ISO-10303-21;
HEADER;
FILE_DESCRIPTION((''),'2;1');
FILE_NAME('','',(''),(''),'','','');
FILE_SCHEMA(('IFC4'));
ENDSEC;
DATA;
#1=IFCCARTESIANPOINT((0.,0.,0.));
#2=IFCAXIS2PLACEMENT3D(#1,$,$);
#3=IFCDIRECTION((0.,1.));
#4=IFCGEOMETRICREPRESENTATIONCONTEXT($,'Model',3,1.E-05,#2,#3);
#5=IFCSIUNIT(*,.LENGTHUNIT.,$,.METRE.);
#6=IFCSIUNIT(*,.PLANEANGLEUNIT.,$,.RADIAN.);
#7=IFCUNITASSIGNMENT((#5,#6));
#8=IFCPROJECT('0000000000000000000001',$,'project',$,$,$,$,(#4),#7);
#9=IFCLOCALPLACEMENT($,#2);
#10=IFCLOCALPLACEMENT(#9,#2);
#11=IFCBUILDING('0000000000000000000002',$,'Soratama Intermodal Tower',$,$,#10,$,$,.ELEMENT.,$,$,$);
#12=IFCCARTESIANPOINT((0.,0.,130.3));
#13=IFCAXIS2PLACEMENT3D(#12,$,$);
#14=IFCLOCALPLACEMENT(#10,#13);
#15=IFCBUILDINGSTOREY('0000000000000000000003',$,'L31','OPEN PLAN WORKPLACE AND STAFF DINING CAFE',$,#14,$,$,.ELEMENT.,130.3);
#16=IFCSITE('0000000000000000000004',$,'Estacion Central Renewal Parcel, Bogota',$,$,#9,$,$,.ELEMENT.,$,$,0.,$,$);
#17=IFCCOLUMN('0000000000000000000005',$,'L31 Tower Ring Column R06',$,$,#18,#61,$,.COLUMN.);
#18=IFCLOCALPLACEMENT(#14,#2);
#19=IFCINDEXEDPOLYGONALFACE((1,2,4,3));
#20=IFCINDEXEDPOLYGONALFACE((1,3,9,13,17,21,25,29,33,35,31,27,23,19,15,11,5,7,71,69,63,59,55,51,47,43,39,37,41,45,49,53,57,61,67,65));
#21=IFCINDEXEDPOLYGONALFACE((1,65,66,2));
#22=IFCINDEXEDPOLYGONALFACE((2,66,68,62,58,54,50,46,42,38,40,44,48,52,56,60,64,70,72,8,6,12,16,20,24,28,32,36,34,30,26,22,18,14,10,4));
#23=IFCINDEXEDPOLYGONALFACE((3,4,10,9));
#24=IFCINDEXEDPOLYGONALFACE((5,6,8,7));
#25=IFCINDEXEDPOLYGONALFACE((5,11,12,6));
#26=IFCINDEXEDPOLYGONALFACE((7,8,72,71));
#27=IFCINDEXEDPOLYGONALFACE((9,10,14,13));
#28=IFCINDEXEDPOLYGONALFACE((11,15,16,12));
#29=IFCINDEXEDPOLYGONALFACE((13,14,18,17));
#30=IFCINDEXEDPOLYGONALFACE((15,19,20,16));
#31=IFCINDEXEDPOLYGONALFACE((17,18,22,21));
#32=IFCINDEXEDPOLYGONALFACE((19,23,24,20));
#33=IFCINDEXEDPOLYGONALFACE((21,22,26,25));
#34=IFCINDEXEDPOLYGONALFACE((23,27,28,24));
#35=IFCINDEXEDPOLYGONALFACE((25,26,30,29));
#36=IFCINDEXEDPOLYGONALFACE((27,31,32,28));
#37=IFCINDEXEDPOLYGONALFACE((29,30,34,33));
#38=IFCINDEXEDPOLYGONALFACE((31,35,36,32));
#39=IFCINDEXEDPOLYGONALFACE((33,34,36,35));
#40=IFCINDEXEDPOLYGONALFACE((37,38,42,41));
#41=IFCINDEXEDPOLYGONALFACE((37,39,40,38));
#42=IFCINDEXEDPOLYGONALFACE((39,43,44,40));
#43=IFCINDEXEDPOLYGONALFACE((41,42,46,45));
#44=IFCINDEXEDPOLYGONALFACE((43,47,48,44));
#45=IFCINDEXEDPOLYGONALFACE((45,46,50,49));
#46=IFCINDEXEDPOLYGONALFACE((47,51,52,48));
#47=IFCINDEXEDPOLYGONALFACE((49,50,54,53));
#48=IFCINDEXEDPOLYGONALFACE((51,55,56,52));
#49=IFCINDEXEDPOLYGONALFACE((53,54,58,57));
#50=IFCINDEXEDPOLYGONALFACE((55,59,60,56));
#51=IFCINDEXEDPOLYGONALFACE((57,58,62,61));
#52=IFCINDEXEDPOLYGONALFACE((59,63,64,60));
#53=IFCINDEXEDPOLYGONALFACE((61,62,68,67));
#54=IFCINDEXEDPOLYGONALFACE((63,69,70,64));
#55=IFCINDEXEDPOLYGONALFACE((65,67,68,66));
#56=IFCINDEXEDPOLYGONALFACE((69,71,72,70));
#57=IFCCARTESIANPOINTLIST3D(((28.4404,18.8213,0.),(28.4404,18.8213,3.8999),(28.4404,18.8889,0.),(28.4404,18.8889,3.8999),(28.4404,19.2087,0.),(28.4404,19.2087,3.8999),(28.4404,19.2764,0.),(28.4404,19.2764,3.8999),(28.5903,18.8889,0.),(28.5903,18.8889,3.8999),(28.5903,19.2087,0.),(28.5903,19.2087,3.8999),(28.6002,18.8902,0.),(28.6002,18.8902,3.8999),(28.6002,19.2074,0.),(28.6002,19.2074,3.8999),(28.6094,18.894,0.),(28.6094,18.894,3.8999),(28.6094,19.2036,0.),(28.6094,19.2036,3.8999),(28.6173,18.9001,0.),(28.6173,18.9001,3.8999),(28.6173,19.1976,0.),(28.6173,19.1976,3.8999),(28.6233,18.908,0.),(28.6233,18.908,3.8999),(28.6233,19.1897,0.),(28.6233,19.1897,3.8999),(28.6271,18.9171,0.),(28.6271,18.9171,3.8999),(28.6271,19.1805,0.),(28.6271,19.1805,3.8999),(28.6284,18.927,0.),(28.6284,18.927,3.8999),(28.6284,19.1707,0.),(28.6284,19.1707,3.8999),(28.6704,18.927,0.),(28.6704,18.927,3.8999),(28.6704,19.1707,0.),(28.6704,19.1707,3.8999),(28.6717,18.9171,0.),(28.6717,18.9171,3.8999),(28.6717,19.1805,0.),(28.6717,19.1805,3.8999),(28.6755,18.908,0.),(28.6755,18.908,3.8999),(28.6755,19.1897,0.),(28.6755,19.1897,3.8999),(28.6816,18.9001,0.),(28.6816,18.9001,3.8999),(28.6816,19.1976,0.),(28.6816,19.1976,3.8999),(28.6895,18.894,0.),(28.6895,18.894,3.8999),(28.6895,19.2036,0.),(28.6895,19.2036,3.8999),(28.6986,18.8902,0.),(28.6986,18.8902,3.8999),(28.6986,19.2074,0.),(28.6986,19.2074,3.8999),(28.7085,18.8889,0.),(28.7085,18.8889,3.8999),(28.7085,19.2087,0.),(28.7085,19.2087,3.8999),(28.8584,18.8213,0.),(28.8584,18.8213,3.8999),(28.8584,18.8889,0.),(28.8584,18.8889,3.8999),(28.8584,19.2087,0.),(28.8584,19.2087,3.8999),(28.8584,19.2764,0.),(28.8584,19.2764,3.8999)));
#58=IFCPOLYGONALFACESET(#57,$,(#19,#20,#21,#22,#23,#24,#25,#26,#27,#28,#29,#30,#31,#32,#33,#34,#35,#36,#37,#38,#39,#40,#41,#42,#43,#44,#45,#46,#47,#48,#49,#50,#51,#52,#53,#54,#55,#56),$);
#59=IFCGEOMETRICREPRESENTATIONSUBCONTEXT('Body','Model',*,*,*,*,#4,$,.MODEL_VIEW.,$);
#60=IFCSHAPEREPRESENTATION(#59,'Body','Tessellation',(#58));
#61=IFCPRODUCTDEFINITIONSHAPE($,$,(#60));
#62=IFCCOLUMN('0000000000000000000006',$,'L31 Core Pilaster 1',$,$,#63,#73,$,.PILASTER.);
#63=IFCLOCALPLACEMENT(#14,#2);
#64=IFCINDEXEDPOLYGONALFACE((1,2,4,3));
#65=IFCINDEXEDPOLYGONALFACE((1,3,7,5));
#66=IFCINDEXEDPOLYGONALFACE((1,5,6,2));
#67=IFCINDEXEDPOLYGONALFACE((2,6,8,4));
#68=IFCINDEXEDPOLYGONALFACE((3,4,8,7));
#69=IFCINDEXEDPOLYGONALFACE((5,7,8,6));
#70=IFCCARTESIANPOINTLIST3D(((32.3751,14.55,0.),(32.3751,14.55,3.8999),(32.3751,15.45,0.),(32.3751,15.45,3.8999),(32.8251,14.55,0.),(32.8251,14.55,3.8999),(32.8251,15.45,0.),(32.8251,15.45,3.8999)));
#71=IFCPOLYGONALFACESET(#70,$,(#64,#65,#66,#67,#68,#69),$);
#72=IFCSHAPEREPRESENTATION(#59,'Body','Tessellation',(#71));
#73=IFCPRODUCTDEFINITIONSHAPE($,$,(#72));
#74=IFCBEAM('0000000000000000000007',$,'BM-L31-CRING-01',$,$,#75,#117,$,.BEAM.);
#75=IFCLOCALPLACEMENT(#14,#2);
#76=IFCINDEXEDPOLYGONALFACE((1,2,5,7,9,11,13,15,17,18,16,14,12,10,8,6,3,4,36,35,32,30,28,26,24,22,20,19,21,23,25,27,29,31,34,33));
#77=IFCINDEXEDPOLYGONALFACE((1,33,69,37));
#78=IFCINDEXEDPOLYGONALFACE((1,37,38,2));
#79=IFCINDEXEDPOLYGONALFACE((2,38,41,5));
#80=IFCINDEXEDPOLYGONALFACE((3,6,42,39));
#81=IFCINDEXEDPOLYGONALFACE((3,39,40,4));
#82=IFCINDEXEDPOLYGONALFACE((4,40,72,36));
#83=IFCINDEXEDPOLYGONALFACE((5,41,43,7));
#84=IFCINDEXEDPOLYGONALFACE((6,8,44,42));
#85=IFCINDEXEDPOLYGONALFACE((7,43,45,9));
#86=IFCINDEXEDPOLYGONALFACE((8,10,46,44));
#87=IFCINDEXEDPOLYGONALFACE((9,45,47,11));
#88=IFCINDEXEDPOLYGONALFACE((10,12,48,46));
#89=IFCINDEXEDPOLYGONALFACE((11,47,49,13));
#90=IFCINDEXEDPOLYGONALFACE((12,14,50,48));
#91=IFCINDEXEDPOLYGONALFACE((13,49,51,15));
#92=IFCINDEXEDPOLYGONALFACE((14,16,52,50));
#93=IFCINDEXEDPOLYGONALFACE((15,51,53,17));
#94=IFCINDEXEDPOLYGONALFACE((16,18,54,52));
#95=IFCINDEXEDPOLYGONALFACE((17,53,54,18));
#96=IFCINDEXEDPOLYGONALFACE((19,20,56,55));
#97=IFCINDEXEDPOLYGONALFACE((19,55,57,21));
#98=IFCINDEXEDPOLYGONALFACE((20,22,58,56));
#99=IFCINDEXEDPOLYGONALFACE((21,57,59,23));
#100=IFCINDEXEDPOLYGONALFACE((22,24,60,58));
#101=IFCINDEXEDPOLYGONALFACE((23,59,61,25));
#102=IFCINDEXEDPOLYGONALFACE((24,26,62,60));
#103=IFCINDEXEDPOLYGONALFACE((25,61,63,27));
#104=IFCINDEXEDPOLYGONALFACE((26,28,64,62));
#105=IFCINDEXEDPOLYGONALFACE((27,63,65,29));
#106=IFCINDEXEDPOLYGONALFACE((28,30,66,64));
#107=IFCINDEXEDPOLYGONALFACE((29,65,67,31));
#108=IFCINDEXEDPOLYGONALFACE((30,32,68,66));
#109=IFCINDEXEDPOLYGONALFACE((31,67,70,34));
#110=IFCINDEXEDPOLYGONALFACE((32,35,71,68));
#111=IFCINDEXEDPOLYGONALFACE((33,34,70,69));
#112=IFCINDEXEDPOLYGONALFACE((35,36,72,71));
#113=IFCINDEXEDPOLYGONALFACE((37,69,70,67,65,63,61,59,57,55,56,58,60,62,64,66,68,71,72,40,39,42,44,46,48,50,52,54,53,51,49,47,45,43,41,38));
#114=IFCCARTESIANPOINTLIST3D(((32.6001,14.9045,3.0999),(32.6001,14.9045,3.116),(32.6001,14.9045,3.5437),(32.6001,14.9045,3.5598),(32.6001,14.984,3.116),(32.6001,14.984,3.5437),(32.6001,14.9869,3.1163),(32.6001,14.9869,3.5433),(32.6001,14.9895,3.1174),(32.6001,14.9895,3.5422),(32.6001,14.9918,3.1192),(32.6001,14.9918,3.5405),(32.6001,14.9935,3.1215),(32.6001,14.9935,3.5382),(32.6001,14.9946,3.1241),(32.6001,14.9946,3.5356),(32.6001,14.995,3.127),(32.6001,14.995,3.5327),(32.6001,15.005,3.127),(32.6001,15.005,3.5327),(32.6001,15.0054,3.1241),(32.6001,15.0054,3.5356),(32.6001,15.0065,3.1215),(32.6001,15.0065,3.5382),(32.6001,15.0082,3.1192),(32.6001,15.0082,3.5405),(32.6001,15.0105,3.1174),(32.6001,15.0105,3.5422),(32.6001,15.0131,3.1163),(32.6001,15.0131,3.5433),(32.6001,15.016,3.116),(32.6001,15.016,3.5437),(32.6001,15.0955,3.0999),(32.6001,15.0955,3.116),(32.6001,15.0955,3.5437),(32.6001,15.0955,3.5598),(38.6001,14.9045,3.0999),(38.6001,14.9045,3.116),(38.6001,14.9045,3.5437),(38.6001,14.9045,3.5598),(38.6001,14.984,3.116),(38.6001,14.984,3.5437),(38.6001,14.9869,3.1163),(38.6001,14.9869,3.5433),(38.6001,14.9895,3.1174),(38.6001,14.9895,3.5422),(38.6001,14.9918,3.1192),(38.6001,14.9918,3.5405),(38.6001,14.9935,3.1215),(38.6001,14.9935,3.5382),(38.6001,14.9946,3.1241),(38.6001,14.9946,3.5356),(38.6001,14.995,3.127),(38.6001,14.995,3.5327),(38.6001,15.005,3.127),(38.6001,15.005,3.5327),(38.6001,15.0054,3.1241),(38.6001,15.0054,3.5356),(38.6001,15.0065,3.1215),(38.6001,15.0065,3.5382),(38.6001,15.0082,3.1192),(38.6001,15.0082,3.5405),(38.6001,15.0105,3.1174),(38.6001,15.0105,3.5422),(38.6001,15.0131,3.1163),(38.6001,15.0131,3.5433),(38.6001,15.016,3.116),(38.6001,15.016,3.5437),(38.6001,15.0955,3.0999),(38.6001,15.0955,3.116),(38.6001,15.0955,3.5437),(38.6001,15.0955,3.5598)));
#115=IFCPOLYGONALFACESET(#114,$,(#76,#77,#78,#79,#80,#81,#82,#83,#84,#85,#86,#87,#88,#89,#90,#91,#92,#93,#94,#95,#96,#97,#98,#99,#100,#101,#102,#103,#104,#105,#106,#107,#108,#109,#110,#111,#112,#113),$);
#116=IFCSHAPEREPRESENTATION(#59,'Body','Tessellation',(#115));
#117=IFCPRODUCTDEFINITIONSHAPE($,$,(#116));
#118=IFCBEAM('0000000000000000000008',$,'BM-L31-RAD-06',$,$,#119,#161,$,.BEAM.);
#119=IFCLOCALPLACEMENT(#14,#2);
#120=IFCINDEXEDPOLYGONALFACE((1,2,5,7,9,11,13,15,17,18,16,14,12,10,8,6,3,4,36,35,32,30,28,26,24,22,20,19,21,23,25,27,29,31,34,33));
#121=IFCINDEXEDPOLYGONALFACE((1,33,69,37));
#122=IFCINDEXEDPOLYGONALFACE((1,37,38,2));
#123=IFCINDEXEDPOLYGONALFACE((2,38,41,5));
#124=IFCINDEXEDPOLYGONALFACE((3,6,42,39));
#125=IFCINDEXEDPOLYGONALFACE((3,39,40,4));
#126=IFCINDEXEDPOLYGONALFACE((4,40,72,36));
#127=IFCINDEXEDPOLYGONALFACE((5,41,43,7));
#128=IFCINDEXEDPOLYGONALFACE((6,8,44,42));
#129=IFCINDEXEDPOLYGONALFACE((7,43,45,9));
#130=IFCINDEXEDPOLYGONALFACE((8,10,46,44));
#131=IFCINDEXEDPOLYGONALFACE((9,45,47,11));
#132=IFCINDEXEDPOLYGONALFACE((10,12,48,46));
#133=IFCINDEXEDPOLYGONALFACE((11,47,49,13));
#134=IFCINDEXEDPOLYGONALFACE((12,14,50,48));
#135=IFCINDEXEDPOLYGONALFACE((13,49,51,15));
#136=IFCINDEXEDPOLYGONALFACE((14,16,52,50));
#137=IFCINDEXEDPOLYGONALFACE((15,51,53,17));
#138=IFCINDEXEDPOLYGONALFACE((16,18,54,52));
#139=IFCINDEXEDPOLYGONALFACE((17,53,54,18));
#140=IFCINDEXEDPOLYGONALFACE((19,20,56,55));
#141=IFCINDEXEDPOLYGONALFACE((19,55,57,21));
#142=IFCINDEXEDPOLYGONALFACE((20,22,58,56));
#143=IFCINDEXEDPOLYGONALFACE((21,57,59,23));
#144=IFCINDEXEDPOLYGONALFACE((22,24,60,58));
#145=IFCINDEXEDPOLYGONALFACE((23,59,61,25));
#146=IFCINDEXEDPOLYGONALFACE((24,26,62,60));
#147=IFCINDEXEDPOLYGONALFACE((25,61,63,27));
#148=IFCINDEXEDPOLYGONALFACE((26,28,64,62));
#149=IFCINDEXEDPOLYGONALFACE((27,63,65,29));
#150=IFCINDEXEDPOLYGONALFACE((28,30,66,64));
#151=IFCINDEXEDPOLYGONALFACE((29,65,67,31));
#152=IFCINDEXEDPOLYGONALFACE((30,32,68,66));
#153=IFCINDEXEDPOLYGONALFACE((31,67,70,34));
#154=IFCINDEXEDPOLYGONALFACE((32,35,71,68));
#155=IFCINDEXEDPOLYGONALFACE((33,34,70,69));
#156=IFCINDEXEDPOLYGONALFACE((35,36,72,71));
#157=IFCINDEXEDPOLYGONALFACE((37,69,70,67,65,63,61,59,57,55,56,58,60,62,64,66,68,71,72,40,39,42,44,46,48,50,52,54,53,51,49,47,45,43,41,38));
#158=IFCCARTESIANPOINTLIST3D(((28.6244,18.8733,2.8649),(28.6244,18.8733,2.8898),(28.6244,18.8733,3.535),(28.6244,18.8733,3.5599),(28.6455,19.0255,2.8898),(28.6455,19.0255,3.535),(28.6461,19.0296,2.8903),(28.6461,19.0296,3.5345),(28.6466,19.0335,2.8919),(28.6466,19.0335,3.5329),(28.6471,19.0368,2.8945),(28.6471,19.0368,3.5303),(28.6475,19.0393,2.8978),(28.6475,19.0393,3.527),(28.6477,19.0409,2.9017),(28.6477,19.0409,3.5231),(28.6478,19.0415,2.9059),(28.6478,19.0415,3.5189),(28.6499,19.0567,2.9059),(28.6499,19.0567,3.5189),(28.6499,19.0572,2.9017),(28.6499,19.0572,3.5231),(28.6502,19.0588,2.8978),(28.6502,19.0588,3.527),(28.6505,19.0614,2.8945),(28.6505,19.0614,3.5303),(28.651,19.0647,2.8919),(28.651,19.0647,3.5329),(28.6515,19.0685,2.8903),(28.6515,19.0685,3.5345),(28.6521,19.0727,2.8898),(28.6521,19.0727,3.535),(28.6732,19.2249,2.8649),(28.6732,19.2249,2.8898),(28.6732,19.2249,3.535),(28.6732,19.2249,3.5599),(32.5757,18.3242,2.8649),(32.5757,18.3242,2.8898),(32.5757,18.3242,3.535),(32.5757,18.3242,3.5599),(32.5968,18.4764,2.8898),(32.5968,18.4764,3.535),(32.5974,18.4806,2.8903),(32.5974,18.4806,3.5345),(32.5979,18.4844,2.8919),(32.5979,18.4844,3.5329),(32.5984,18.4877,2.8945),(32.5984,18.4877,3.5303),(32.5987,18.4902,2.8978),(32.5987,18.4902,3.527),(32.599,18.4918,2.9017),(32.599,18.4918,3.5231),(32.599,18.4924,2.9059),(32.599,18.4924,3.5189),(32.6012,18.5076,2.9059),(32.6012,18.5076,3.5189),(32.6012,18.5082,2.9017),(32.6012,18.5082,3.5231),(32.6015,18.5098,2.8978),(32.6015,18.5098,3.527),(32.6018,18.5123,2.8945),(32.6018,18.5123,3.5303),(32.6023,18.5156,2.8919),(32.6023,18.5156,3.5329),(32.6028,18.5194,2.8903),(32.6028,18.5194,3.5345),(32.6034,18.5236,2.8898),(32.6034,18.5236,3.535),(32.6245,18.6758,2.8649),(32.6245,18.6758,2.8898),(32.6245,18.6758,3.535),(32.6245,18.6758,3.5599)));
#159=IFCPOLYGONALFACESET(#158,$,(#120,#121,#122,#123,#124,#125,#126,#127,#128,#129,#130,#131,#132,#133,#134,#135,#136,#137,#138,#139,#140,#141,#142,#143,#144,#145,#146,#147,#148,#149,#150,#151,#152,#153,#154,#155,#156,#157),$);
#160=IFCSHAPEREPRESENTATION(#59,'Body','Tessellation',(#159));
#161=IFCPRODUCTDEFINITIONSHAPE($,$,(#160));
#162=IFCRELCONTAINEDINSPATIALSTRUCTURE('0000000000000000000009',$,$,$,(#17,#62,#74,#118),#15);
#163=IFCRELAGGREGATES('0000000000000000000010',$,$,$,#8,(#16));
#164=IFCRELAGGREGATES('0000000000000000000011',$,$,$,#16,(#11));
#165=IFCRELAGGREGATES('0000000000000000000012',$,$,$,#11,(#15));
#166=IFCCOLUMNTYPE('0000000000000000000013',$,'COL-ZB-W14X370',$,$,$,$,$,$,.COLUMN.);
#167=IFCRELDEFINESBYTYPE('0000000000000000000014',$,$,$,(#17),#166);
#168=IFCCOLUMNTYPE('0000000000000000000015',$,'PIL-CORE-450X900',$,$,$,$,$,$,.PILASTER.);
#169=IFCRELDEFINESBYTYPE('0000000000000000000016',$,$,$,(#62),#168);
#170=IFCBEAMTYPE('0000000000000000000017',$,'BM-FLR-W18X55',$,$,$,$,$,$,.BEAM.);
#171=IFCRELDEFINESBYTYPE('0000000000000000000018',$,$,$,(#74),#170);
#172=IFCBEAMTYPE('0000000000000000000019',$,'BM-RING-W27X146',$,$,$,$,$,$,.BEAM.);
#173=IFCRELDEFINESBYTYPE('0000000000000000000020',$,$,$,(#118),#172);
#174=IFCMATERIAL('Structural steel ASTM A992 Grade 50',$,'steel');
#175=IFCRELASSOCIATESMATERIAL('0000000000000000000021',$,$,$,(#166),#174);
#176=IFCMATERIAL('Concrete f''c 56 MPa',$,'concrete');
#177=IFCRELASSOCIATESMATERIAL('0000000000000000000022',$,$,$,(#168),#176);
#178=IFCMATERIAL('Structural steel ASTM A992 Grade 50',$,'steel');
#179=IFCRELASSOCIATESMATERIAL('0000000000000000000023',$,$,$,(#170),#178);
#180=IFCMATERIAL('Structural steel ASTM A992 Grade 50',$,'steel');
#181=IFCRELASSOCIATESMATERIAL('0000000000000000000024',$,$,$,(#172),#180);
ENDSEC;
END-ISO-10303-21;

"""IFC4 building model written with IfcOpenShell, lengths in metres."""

from ifc_helpers import new_model, si_unit, direction, frame, origin, origin_2d, place, context, subcontext, project, spatial, rectangle, i_section, extrude, material, material_profile, profile_set, type_object, element, save


model = new_model("IFC4")

# Units and contexts
model_context = context("Model", 3, precision=1e-05, world=origin(), true_north=direction((0.0, 1.0)))
body_context = subcontext(model_context, "Body", "Model", "MODEL_VIEW")
ifc_project = project(units=[si_unit("LENGTHUNIT", "METRE"), si_unit("PLANEANGLEUNIT", "RADIAN")], contexts=[model_context])

# Site, building, storey
site_placement = place(None, origin())
site = spatial("IfcSite", under=ifc_project, at=site_placement, Name="Estacion Central Renewal Parcel, Bogota", CompositionType="ELEMENT", RefElevation=0.0)
building_placement = place(site_placement, origin())
building = spatial("IfcBuilding", under=site, at=building_placement, Name="Soratama Intermodal Tower", CompositionType="ELEMENT")
storey_placement = place(building_placement, frame((0.0, 0.0, 130.3)))
storey = spatial("IfcBuildingStorey", under=building, at=storey_placement, Name="L31", Description="OPEN PLAN WORKPLACE AND STAFF DINING CAFE", CompositionType="ELEMENT", Elevation=130.3)

# Columns
ifc_material_1 = material(Name="Structural steel ASTM A992 Grade 50", Category="steel")
ifc_material_profile_1 = material_profile(ifc_material_1, i_section(OverallWidth=0.418, OverallDepth=0.4551, WebThickness=0.042, FlangeThickness=0.0676, FilletRadius=0.0381, at=origin_2d()), Name="W14X370")
ifc_profile_set_1 = profile_set([ifc_material_profile_1], Name="Structural steel ASTM A992 Grade 50")
column_type_1 = type_object("IfcColumnType", Name="COL-ZB-W14X370", PredefinedType="COLUMN", material=ifc_profile_set_1)
column_1_placement = place(storey_placement, frame((28.6494, 19.0488, 0.0), z_axis=(0.0, 0.0, 1.0), x_axis=(1.0, 0.0, 0.0)))
element("IfcColumn", 1, at=column_1_placement, inside=storey, type_object=column_type_1, Name="L31 Tower Ring Column R06", PredefinedType="COLUMN", context=body_context, shape_type="SweptSolid", body=[
    extrude(i_section(OverallWidth=0.418, OverallDepth=0.4551, WebThickness=0.042, FlangeThickness=0.0676, FilletRadius=0.0381, at=origin_2d()), origin(), (0.0, 0.0, 1.0), 3.8999),
])
ifc_material_2 = material(Name="Concrete f'c 56 MPa", Category="concrete")
ifc_material_profile_2 = material_profile(ifc_material_2, rectangle(XDim=0.45, YDim=0.8999, at=origin_2d()), Name="RC450X900")
ifc_profile_set_2 = profile_set([ifc_material_profile_2], Name="Concrete f'c 56 MPa")
column_type_2 = type_object("IfcColumnType", Name="PIL-CORE-450X900", PredefinedType="PILASTER", material=ifc_profile_set_2)
column_2_placement = place(storey_placement, frame((32.6001, 15.0, 0.0), z_axis=(0.0, 0.0, 1.0), x_axis=(1.0, 0.0, 0.0)))
element("IfcColumn", 2, at=column_2_placement, inside=storey, type_object=column_type_2, Name="L31 Core Pilaster 1", PredefinedType="PILASTER", context=body_context, shape_type="SweptSolid", body=[
    extrude(rectangle(XDim=0.45, YDim=0.8999, at=origin_2d()), origin(), (0.0, 0.0, 1.0), 3.8999),
])

# Beams
ifc_material_3 = material(Name="Structural steel ASTM A992 Grade 50", Category="steel")
ifc_material_profile_3 = material_profile(ifc_material_3, i_section(OverallWidth=0.1909, OverallDepth=0.46, WebThickness=0.01, FlangeThickness=0.0161, FilletRadius=0.011, at=origin_2d()), Name="W18X55")
ifc_profile_set_3 = profile_set([ifc_material_profile_3], Name="Structural steel ASTM A992 Grade 50")
beam_type_1 = type_object("IfcBeamType", Name="BM-FLR-W18X55", PredefinedType="BEAM", material=ifc_profile_set_3)
beam_1_placement = place(storey_placement, frame((32.6001, 15.0, 3.3298), z_axis=(1.0, 0.0, 0.0), x_axis=(0.0, 1.0, 0.0)))
element("IfcBeam", 3, at=beam_1_placement, inside=storey, type_object=beam_type_1, Name="BM-L31-CRING-01", PredefinedType="BEAM", context=body_context, shape_type="SweptSolid", body=[
    extrude(i_section(OverallWidth=0.1909, OverallDepth=0.46, WebThickness=0.01, FlangeThickness=0.0161, FilletRadius=0.011, at=origin_2d()), origin(), (0.0, 0.0, 1.0), 6.0),
])
ifc_material_4 = material(Name="Structural steel ASTM A992 Grade 50", Category="steel")
ifc_material_profile_4 = material_profile(ifc_material_4, i_section(OverallWidth=0.355, OverallDepth=0.6951, WebThickness=0.0154, FlangeThickness=0.0249, FilletRadius=0.0161, at=origin_2d()), Name="W27X146")
ifc_profile_set_4 = profile_set([ifc_material_profile_4], Name="Structural steel ASTM A992 Grade 50")
beam_type_2 = type_object("IfcBeamType", Name="BM-RING-W27X146", PredefinedType="BEAM", material=ifc_profile_set_4)
beam_2_placement = place(storey_placement, frame((32.6001, 18.5, 3.2124), z_axis=(-0.990482, 0.137642, 0.0), x_axis=(-0.137642, -0.990482, 0.0)))
element("IfcBeam", 4, at=beam_2_placement, inside=storey, type_object=beam_type_2, Name="BM-L31-RAD-06", PredefinedType="BEAM", context=body_context, shape_type="SweptSolid", body=[
    extrude(i_section(OverallWidth=0.355, OverallDepth=0.6951, WebThickness=0.0154, FlangeThickness=0.0249, FilletRadius=0.0161, at=origin_2d()), origin(), (0.0, 0.0, 1.0), 3.9893),
])

save(model, "model.ifc")
